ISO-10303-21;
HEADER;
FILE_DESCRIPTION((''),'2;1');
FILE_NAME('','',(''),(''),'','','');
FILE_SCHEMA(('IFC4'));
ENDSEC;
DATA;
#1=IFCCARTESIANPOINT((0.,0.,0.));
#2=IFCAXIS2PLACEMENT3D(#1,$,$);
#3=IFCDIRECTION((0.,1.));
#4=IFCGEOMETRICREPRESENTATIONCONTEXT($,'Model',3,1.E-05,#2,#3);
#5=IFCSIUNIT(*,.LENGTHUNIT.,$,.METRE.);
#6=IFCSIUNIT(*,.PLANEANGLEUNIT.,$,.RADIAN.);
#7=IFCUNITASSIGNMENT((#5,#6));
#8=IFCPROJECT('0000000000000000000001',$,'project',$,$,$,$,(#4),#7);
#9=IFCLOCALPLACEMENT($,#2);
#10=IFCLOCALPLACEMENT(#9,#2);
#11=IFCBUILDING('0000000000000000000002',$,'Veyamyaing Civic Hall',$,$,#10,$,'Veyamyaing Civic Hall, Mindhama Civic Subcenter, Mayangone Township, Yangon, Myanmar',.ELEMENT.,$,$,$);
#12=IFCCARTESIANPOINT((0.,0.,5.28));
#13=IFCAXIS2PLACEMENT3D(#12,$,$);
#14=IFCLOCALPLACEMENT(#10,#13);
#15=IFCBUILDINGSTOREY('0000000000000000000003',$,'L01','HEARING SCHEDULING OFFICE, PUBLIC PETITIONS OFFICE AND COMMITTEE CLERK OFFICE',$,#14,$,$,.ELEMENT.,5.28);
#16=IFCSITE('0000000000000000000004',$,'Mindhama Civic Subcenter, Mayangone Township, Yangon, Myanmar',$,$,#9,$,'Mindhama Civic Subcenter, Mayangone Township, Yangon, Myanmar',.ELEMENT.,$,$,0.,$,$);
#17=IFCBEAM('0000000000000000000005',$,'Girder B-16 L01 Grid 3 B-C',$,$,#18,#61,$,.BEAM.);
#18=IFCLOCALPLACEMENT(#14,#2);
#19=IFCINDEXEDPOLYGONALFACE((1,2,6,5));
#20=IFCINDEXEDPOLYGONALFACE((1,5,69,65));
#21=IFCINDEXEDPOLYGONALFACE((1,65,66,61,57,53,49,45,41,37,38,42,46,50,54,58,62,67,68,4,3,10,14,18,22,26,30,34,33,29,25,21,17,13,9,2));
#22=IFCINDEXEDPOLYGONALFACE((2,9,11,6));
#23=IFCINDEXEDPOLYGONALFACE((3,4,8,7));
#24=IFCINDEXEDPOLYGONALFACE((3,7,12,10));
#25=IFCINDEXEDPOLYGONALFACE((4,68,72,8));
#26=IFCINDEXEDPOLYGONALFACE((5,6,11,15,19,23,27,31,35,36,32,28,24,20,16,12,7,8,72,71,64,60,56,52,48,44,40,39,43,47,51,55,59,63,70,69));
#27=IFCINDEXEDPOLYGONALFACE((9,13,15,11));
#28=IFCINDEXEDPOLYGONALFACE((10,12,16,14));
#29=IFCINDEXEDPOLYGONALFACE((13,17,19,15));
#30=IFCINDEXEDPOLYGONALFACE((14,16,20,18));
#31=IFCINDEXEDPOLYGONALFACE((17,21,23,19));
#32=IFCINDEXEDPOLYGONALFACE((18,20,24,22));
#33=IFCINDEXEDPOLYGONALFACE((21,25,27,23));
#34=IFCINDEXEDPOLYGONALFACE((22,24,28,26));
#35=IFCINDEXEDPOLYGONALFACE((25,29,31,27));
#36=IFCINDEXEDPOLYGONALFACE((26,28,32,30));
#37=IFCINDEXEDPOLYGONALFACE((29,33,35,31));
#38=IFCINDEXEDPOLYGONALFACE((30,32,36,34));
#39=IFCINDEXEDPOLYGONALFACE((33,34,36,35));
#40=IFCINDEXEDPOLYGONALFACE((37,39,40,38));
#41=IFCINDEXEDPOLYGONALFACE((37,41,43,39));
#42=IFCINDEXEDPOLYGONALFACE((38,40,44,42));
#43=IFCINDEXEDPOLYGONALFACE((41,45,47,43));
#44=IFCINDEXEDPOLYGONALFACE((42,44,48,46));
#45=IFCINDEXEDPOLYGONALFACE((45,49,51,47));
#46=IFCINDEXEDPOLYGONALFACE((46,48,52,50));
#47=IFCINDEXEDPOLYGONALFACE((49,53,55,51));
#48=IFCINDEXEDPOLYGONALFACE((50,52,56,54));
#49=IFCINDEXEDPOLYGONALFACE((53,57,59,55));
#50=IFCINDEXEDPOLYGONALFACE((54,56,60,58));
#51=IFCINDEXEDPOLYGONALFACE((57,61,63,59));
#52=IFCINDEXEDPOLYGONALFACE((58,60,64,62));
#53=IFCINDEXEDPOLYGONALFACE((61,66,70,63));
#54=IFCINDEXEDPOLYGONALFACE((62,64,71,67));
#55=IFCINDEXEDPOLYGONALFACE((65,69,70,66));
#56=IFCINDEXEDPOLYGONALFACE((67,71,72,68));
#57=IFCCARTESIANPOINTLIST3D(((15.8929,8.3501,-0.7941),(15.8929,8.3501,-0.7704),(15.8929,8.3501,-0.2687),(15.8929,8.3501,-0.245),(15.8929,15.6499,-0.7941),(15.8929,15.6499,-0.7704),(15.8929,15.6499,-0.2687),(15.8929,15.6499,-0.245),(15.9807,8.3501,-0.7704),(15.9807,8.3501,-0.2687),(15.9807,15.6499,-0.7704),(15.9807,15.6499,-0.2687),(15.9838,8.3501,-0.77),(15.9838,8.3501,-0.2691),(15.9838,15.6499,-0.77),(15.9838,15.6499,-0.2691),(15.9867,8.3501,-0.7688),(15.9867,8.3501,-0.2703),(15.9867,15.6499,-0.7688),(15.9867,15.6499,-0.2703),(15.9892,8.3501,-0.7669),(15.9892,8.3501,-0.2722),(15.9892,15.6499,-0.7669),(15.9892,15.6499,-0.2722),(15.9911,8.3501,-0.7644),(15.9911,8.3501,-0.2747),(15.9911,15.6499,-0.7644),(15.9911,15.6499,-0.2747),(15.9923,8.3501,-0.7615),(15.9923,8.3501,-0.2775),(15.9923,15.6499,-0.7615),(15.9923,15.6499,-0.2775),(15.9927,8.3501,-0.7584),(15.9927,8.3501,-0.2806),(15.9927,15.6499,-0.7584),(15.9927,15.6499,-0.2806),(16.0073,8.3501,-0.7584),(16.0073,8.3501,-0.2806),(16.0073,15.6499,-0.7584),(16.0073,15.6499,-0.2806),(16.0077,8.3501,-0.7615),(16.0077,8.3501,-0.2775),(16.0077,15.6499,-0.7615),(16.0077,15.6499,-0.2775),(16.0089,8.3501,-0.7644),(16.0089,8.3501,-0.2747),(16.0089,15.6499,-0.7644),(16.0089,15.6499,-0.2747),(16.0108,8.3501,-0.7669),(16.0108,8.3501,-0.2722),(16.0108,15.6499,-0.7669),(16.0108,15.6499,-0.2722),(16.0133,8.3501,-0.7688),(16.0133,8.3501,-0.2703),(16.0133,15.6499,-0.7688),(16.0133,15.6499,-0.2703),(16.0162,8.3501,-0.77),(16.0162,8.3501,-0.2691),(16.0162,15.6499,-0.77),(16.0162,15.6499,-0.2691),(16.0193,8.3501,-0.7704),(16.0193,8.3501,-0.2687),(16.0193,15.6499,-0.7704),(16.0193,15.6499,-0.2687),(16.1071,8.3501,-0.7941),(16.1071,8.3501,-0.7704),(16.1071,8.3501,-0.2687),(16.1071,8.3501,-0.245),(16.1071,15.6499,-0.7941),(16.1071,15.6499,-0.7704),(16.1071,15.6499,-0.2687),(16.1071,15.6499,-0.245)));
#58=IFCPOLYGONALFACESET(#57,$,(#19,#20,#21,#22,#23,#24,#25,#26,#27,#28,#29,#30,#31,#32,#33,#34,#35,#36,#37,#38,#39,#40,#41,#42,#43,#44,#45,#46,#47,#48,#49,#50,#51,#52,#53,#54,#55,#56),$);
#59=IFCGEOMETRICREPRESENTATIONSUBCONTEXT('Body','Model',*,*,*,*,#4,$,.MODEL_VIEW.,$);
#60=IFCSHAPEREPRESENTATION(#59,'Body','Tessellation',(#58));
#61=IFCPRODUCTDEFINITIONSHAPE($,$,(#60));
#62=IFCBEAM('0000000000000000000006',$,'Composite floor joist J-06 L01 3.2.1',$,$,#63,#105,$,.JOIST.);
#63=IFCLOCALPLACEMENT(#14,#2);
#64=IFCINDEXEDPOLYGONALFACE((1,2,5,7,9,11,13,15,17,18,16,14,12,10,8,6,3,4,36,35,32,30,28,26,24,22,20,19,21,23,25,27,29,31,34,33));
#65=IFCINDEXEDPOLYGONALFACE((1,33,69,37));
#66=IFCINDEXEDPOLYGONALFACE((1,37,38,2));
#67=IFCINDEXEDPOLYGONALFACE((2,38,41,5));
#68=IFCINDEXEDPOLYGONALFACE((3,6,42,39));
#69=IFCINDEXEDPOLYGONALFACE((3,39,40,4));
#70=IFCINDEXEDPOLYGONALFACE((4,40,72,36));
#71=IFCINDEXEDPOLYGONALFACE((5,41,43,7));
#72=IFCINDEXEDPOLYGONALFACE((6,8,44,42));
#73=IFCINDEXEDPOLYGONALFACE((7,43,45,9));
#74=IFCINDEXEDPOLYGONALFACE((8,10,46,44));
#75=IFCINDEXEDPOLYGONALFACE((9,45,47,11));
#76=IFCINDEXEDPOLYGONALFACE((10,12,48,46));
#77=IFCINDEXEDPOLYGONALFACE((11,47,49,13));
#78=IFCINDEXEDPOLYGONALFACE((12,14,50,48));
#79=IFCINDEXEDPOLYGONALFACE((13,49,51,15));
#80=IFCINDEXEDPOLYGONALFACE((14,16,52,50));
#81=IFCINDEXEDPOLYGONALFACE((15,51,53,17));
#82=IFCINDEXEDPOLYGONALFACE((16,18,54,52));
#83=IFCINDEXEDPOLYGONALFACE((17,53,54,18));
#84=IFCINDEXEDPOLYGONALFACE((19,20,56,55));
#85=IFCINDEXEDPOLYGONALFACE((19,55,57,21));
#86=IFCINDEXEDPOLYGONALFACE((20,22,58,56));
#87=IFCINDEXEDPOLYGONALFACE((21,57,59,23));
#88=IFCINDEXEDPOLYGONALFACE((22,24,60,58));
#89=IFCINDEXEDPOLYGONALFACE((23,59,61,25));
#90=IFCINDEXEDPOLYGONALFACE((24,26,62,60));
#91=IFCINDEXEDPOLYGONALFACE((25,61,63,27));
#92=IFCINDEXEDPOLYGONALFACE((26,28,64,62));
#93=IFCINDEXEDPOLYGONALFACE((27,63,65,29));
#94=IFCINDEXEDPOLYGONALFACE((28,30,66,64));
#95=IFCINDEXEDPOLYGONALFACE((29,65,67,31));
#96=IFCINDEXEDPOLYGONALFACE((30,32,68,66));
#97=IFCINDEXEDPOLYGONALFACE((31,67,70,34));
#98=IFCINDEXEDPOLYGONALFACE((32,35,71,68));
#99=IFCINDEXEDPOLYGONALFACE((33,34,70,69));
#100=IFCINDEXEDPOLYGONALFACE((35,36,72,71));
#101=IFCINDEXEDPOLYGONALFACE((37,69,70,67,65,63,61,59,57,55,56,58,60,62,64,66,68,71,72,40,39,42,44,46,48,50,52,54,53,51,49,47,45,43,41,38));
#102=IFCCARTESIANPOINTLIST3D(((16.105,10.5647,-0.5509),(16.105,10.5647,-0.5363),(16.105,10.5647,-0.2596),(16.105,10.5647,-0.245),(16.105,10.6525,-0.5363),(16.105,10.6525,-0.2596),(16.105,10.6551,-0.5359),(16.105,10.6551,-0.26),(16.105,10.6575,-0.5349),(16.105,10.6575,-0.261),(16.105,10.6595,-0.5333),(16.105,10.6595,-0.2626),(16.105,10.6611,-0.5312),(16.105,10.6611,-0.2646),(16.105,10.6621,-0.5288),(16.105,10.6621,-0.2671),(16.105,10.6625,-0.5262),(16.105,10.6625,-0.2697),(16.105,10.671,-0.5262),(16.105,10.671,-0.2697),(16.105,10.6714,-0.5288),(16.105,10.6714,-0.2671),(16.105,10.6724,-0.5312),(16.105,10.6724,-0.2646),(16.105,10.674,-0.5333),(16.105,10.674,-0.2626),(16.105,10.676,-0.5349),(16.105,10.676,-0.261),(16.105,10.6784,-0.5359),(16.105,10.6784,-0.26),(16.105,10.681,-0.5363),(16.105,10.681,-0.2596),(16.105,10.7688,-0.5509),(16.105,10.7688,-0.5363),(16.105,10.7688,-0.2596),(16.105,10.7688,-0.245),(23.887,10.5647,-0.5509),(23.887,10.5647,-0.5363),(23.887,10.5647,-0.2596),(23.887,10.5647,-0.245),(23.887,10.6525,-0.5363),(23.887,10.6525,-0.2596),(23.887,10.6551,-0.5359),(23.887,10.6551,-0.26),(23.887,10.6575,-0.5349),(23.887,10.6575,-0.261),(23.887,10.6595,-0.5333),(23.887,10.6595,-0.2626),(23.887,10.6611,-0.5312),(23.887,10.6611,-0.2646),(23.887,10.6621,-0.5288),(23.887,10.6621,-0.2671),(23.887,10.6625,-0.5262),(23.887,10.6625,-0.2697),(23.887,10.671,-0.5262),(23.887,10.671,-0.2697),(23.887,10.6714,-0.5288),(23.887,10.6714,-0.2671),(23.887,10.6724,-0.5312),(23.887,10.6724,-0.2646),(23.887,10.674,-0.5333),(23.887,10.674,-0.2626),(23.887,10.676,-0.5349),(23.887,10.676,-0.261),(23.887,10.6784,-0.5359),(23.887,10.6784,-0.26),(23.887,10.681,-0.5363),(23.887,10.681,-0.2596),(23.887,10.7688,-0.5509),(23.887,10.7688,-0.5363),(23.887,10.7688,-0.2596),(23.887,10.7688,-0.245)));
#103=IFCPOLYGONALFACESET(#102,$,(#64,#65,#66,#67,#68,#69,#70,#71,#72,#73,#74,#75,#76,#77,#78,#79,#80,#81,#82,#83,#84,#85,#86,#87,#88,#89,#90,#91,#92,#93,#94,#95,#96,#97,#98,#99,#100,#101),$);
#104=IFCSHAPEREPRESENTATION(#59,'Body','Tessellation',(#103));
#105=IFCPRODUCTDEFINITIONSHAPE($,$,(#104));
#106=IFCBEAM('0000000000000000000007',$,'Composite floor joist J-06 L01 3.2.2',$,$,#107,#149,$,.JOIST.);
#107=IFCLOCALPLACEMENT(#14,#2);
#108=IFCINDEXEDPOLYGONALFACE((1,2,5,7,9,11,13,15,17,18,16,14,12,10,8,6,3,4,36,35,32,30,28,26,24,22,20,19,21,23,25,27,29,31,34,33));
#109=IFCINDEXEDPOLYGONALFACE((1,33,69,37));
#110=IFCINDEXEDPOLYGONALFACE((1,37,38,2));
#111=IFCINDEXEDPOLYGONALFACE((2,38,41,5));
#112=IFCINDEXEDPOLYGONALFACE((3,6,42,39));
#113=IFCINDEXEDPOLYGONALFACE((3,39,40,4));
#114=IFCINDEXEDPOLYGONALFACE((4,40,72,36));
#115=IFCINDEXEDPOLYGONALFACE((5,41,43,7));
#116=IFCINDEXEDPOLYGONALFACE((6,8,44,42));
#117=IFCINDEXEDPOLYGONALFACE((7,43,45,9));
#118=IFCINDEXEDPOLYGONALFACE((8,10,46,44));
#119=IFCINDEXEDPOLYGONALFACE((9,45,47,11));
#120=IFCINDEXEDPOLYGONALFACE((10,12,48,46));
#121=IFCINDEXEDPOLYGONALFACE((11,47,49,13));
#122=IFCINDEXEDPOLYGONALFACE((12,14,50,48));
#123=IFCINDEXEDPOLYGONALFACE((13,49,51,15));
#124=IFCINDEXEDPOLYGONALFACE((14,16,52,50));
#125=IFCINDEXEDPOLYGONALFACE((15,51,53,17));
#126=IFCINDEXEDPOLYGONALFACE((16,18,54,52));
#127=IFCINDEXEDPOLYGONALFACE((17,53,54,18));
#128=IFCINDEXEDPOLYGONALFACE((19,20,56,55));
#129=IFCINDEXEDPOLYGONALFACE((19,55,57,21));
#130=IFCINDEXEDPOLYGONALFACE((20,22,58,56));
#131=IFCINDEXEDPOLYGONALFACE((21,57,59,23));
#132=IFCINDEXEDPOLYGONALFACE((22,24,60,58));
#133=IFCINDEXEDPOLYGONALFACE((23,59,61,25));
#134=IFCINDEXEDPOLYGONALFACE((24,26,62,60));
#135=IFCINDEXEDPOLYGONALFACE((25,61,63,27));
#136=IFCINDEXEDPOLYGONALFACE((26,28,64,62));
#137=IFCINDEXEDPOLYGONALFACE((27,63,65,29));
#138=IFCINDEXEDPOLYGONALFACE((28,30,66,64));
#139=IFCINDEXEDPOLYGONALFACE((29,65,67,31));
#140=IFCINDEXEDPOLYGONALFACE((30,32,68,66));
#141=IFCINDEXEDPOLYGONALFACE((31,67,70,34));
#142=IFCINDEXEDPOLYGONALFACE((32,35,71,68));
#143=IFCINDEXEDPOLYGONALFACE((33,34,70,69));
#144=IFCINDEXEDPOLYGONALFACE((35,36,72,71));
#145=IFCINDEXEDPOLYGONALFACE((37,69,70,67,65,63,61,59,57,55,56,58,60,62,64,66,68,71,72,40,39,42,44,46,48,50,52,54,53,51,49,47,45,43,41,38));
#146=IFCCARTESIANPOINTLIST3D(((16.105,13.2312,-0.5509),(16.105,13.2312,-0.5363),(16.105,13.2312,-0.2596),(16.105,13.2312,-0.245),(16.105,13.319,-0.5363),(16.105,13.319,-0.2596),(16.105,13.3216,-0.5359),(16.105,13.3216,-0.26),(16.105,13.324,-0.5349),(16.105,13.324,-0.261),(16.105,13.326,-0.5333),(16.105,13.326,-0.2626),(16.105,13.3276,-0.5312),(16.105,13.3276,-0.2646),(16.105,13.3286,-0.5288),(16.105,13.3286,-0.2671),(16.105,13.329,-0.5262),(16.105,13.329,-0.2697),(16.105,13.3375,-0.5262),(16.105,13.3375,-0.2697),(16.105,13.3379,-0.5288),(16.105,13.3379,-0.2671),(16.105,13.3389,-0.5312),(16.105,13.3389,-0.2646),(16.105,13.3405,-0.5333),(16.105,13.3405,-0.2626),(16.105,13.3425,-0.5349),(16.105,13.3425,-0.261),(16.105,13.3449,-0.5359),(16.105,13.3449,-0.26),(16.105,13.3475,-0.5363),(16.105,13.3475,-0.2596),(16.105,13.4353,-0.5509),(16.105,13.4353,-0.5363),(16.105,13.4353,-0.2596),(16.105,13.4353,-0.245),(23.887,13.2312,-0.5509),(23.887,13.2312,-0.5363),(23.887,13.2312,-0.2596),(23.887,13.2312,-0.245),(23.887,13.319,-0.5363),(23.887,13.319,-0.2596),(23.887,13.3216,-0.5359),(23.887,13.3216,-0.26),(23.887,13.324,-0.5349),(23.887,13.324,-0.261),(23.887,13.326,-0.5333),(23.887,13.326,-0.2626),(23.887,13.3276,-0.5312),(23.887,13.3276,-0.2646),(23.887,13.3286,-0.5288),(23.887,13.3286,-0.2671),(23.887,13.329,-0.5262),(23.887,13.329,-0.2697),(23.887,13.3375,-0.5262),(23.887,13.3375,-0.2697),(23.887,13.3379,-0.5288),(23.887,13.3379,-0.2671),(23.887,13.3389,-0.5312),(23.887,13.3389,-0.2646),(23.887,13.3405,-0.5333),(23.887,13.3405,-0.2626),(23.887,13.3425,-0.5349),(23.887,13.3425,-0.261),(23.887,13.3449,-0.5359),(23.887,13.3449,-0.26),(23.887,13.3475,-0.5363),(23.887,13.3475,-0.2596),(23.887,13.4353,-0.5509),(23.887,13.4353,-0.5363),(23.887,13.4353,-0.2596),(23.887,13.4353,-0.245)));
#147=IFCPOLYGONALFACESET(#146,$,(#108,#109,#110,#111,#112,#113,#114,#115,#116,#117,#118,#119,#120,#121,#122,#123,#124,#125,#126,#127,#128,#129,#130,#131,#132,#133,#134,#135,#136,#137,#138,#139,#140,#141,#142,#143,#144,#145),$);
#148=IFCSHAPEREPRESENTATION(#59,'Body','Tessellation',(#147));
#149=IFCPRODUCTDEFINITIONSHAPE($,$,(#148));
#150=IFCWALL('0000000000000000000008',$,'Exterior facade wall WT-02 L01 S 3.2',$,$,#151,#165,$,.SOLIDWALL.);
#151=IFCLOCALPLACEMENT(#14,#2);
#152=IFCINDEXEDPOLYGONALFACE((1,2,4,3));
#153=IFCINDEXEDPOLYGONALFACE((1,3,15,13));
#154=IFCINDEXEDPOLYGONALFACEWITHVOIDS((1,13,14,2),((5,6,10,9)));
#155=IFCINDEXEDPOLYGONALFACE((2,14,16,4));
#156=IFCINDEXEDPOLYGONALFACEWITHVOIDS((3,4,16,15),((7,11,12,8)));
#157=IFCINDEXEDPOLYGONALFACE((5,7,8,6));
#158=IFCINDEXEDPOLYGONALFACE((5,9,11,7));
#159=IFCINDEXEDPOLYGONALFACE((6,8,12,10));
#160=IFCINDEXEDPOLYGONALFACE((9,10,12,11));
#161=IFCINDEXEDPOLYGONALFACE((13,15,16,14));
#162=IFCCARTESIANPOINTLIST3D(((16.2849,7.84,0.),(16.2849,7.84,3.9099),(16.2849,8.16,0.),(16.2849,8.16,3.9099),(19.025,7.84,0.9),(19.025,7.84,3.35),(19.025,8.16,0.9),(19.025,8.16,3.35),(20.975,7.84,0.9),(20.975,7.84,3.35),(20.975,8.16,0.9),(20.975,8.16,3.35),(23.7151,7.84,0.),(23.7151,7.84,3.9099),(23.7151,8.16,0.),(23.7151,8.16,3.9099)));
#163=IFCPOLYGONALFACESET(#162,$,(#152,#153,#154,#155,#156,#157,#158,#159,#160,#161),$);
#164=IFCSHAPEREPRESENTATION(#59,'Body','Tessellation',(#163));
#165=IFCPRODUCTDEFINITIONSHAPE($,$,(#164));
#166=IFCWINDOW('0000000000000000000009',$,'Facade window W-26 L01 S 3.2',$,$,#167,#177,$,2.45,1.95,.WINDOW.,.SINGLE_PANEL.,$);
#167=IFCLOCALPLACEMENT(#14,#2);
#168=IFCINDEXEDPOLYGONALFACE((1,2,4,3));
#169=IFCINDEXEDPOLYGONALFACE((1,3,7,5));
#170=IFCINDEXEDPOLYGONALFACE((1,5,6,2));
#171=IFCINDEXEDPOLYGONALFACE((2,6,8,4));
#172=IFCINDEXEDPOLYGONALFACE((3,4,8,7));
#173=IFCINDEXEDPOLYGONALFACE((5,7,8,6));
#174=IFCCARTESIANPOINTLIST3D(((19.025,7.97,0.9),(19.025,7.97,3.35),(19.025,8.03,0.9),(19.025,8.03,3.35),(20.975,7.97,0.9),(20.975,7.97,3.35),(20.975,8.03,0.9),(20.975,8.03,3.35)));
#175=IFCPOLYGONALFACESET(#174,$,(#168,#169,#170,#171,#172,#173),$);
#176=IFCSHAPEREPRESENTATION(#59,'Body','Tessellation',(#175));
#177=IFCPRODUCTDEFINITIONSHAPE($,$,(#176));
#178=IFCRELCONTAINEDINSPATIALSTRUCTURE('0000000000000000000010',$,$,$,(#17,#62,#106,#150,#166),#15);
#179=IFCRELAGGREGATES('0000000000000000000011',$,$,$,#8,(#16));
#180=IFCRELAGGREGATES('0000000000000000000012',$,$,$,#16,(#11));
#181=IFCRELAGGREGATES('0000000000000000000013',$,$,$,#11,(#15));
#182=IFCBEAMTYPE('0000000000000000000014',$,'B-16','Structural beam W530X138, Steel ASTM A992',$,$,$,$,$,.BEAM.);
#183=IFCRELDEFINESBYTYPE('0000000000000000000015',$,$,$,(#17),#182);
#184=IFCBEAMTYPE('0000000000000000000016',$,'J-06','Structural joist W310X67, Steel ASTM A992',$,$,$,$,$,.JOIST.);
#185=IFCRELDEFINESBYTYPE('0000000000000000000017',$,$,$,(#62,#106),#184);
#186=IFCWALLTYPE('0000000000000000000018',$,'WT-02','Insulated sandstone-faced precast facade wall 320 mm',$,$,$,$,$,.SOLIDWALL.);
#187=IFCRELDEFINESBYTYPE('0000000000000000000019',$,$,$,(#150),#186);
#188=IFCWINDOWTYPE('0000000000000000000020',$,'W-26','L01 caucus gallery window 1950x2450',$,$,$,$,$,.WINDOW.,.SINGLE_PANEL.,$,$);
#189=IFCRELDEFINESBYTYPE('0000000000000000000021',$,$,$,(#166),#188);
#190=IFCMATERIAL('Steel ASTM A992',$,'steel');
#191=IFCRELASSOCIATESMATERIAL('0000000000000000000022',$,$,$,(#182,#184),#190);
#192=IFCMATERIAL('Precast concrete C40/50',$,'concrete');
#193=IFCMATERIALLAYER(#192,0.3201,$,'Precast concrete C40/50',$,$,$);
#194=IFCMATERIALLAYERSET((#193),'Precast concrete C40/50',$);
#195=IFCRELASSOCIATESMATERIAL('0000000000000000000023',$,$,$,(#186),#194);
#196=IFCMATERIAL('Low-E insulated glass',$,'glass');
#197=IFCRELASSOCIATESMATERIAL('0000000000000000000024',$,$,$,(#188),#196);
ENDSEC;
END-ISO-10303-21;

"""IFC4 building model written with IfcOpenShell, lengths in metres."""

from ifc_helpers import new_model, si_unit, direction, frame, frame_2d, origin, origin_2d, place, context, subcontext, project, spatial, rectangle, i_section, extrude, material, layer, layer_set, material_profile, profile_set, type_object, element, fill, save


model = new_model("IFC4")

# Units and contexts
model_context = context("Model", 3, precision=1e-05, world=origin(), true_north=direction((0.0, 1.0)))
body_context = subcontext(model_context, "Body", "Model", "MODEL_VIEW")
ifc_project = project(units=[si_unit("LENGTHUNIT", "METRE"), si_unit("PLANEANGLEUNIT", "RADIAN")], contexts=[model_context])

# Site, building, storey
site_placement = place(None, origin())
site = spatial("IfcSite", under=ifc_project, at=site_placement, Name="Mindhama Civic Subcenter, Mayangone Township, Yangon, Myanmar", LongName="Mindhama Civic Subcenter, Mayangone Township, Yangon, Myanmar", CompositionType="ELEMENT", RefElevation=0.0)
building_placement = place(site_placement, origin())
building = spatial("IfcBuilding", under=site, at=building_placement, Name="Veyamyaing Civic Hall", LongName="Veyamyaing Civic Hall, Mindhama Civic Subcenter, Mayangone Township, Yangon, Myanmar", CompositionType="ELEMENT")
storey_placement = place(building_placement, frame((0.0, 0.0, 5.28)))
storey = spatial("IfcBuildingStorey", under=building, at=storey_placement, Name="L01", Description="HEARING SCHEDULING OFFICE, PUBLIC PETITIONS OFFICE AND COMMITTEE CLERK OFFICE", CompositionType="ELEMENT", Elevation=5.28)

# Beams
ifc_material_1 = material(Name="Steel ASTM A992", Category="steel")
ifc_material_profile_1 = material_profile(ifc_material_1, i_section(OverallWidth=0.2141, OverallDepth=0.5491, WebThickness=0.0146, FlangeThickness=0.0237, FilletRadius=0.012, at=origin_2d()), Name="W530X138")
ifc_profile_set_1 = profile_set([ifc_material_profile_1], Name="Steel ASTM A992")
beam_type_1 = type_object("IfcBeamType", Name="B-16", Description="Structural beam W530X138, Steel ASTM A992", PredefinedType="BEAM", material=ifc_profile_set_1)
beam_1_placement = place(storey_placement, frame((16.0, 8.3501, -0.5195), z_axis=(0.0, 1.0, 0.0), x_axis=(-1.0, 0.0, 0.0)))
element("IfcBeam", 1, at=beam_1_placement, inside=storey, type_object=beam_type_1, Name="Girder B-16 L01 Grid 3 B-C", PredefinedType="BEAM", context=body_context, shape_type="SweptSolid", body=[
    extrude(i_section(OverallWidth=0.2141, OverallDepth=0.5491, WebThickness=0.0146, FlangeThickness=0.0237, FilletRadius=0.012, at=origin_2d()), origin(), (0.0, 0.0, 1.0), 7.2998),
])
ifc_material_profile_2 = material_profile(ifc_material_1, i_section(OverallWidth=0.2041, OverallDepth=0.3059, WebThickness=0.0085, FlangeThickness=0.0146, FilletRadius=0.01, at=origin_2d()), Name="W310X67")
ifc_profile_set_2 = profile_set([ifc_material_profile_2], Name="Steel ASTM A992")
beam_type_2 = type_object("IfcBeamType", Name="J-06", Description="Structural joist W310X67, Steel ASTM A992", PredefinedType="JOIST", material=ifc_profile_set_2)
for number, where, z_axis, x_axis, name in (
    (2, (16.105, 10.6667, -0.3979), (1.0, 0.0, 0.0), (0.0, 1.0, 0.0), "Composite floor joist J-06 L01 3.2.1"),
    (3, (16.105, 13.3333, -0.3979), (1.0, 0.0, 0.0), (0.0, 1.0, 0.0), "Composite floor joist J-06 L01 3.2.2"),
):
    element("IfcBeam", number, at=place(storey_placement, frame(where, z_axis=z_axis, x_axis=x_axis)), inside=storey, type_object=beam_type_2, Name=name, PredefinedType="JOIST", context=body_context, shape_type="SweptSolid", body=[
        extrude(i_section(OverallWidth=0.2041, OverallDepth=0.3059, WebThickness=0.0085, FlangeThickness=0.0146, FilletRadius=0.01, at=origin_2d()), origin(), (0.0, 0.0, 1.0), 7.782),
    ])

# Wall, opening, window
ifc_material_2 = material(Name="Precast concrete C40/50", Category="concrete")
ifc_layer_1 = layer(ifc_material_2, 0.3201, Name="Precast concrete C40/50")
ifc_layer_set_1 = layer_set([ifc_layer_1], Name="Precast concrete C40/50")
wall_type_1 = type_object("IfcWallType", Name="WT-02", Description="Insulated sandstone-faced precast facade wall 320 mm", PredefinedType="SOLIDWALL", material=ifc_layer_set_1)
wall_1_placement = place(storey_placement, frame((16.2849, 8.0, 0.0), z_axis=(0.0, 0.0, 1.0), x_axis=(1.0, 0.0, 0.0)))
wall_1 = element("IfcWall", 4, at=wall_1_placement, inside=storey, type_object=wall_type_1, Name="Exterior facade wall WT-02 L01 S 3.2", PredefinedType="SOLIDWALL", context=body_context, shape_type="SweptSolid", body=[
    extrude(rectangle(XDim=7.4302, YDim=0.3201, at=frame_2d((3.7151, 0.0))), origin(), (0.0, 0.0, 1.0), 3.9099),
])
opening_1_placement = place(wall_1_placement, frame((2.74, 0.0, 0.8999)))
opening_1 = element("IfcOpeningElement", 5, at=opening_1_placement, cuts=wall_1, PredefinedType="OPENING", context=body_context, shape_type="SweptSolid", body=[
    extrude(rectangle(XDim=1.95, YDim=2.45, at=frame_2d((0.9751, 1.2251))), frame((0.0, 0.1699, 0.0), z_axis=(0.0, -1.0, 0.0), x_axis=(1.0, 0.0, 0.0)), (0.0, 0.0, 1.0), 0.3401),
])
ifc_material_3 = material(Name="Low-E insulated glass", Category="glass")
window_type = type_object("IfcWindowType", Name="W-26", Description="L01 caucus gallery window 1950x2450", PartitioningType="SINGLE_PANEL", PredefinedType="WINDOW", material=ifc_material_3)
window_placement = place(opening_1_placement, origin())
window = element("IfcWindow", 6, at=window_placement, inside=storey, type_object=window_type, Name="Facade window W-26 L01 S 3.2", OverallHeight=2.45, OverallWidth=1.95, PartitioningType="SINGLE_PANEL", PredefinedType="WINDOW", context=body_context, shape_type="SweptSolid", body=[
    extrude(rectangle(XDim=1.95, YDim=2.45, at=frame_2d((0.9751, 1.2251))), frame((0.0, 0.03, 0.0), z_axis=(0.0, -1.0, 0.0), x_axis=(1.0, 0.0, 0.0)), (0.0, 0.0, 1.0), 0.0601),
])
fill(opening_1, window)

save(model, "model.ifc")
